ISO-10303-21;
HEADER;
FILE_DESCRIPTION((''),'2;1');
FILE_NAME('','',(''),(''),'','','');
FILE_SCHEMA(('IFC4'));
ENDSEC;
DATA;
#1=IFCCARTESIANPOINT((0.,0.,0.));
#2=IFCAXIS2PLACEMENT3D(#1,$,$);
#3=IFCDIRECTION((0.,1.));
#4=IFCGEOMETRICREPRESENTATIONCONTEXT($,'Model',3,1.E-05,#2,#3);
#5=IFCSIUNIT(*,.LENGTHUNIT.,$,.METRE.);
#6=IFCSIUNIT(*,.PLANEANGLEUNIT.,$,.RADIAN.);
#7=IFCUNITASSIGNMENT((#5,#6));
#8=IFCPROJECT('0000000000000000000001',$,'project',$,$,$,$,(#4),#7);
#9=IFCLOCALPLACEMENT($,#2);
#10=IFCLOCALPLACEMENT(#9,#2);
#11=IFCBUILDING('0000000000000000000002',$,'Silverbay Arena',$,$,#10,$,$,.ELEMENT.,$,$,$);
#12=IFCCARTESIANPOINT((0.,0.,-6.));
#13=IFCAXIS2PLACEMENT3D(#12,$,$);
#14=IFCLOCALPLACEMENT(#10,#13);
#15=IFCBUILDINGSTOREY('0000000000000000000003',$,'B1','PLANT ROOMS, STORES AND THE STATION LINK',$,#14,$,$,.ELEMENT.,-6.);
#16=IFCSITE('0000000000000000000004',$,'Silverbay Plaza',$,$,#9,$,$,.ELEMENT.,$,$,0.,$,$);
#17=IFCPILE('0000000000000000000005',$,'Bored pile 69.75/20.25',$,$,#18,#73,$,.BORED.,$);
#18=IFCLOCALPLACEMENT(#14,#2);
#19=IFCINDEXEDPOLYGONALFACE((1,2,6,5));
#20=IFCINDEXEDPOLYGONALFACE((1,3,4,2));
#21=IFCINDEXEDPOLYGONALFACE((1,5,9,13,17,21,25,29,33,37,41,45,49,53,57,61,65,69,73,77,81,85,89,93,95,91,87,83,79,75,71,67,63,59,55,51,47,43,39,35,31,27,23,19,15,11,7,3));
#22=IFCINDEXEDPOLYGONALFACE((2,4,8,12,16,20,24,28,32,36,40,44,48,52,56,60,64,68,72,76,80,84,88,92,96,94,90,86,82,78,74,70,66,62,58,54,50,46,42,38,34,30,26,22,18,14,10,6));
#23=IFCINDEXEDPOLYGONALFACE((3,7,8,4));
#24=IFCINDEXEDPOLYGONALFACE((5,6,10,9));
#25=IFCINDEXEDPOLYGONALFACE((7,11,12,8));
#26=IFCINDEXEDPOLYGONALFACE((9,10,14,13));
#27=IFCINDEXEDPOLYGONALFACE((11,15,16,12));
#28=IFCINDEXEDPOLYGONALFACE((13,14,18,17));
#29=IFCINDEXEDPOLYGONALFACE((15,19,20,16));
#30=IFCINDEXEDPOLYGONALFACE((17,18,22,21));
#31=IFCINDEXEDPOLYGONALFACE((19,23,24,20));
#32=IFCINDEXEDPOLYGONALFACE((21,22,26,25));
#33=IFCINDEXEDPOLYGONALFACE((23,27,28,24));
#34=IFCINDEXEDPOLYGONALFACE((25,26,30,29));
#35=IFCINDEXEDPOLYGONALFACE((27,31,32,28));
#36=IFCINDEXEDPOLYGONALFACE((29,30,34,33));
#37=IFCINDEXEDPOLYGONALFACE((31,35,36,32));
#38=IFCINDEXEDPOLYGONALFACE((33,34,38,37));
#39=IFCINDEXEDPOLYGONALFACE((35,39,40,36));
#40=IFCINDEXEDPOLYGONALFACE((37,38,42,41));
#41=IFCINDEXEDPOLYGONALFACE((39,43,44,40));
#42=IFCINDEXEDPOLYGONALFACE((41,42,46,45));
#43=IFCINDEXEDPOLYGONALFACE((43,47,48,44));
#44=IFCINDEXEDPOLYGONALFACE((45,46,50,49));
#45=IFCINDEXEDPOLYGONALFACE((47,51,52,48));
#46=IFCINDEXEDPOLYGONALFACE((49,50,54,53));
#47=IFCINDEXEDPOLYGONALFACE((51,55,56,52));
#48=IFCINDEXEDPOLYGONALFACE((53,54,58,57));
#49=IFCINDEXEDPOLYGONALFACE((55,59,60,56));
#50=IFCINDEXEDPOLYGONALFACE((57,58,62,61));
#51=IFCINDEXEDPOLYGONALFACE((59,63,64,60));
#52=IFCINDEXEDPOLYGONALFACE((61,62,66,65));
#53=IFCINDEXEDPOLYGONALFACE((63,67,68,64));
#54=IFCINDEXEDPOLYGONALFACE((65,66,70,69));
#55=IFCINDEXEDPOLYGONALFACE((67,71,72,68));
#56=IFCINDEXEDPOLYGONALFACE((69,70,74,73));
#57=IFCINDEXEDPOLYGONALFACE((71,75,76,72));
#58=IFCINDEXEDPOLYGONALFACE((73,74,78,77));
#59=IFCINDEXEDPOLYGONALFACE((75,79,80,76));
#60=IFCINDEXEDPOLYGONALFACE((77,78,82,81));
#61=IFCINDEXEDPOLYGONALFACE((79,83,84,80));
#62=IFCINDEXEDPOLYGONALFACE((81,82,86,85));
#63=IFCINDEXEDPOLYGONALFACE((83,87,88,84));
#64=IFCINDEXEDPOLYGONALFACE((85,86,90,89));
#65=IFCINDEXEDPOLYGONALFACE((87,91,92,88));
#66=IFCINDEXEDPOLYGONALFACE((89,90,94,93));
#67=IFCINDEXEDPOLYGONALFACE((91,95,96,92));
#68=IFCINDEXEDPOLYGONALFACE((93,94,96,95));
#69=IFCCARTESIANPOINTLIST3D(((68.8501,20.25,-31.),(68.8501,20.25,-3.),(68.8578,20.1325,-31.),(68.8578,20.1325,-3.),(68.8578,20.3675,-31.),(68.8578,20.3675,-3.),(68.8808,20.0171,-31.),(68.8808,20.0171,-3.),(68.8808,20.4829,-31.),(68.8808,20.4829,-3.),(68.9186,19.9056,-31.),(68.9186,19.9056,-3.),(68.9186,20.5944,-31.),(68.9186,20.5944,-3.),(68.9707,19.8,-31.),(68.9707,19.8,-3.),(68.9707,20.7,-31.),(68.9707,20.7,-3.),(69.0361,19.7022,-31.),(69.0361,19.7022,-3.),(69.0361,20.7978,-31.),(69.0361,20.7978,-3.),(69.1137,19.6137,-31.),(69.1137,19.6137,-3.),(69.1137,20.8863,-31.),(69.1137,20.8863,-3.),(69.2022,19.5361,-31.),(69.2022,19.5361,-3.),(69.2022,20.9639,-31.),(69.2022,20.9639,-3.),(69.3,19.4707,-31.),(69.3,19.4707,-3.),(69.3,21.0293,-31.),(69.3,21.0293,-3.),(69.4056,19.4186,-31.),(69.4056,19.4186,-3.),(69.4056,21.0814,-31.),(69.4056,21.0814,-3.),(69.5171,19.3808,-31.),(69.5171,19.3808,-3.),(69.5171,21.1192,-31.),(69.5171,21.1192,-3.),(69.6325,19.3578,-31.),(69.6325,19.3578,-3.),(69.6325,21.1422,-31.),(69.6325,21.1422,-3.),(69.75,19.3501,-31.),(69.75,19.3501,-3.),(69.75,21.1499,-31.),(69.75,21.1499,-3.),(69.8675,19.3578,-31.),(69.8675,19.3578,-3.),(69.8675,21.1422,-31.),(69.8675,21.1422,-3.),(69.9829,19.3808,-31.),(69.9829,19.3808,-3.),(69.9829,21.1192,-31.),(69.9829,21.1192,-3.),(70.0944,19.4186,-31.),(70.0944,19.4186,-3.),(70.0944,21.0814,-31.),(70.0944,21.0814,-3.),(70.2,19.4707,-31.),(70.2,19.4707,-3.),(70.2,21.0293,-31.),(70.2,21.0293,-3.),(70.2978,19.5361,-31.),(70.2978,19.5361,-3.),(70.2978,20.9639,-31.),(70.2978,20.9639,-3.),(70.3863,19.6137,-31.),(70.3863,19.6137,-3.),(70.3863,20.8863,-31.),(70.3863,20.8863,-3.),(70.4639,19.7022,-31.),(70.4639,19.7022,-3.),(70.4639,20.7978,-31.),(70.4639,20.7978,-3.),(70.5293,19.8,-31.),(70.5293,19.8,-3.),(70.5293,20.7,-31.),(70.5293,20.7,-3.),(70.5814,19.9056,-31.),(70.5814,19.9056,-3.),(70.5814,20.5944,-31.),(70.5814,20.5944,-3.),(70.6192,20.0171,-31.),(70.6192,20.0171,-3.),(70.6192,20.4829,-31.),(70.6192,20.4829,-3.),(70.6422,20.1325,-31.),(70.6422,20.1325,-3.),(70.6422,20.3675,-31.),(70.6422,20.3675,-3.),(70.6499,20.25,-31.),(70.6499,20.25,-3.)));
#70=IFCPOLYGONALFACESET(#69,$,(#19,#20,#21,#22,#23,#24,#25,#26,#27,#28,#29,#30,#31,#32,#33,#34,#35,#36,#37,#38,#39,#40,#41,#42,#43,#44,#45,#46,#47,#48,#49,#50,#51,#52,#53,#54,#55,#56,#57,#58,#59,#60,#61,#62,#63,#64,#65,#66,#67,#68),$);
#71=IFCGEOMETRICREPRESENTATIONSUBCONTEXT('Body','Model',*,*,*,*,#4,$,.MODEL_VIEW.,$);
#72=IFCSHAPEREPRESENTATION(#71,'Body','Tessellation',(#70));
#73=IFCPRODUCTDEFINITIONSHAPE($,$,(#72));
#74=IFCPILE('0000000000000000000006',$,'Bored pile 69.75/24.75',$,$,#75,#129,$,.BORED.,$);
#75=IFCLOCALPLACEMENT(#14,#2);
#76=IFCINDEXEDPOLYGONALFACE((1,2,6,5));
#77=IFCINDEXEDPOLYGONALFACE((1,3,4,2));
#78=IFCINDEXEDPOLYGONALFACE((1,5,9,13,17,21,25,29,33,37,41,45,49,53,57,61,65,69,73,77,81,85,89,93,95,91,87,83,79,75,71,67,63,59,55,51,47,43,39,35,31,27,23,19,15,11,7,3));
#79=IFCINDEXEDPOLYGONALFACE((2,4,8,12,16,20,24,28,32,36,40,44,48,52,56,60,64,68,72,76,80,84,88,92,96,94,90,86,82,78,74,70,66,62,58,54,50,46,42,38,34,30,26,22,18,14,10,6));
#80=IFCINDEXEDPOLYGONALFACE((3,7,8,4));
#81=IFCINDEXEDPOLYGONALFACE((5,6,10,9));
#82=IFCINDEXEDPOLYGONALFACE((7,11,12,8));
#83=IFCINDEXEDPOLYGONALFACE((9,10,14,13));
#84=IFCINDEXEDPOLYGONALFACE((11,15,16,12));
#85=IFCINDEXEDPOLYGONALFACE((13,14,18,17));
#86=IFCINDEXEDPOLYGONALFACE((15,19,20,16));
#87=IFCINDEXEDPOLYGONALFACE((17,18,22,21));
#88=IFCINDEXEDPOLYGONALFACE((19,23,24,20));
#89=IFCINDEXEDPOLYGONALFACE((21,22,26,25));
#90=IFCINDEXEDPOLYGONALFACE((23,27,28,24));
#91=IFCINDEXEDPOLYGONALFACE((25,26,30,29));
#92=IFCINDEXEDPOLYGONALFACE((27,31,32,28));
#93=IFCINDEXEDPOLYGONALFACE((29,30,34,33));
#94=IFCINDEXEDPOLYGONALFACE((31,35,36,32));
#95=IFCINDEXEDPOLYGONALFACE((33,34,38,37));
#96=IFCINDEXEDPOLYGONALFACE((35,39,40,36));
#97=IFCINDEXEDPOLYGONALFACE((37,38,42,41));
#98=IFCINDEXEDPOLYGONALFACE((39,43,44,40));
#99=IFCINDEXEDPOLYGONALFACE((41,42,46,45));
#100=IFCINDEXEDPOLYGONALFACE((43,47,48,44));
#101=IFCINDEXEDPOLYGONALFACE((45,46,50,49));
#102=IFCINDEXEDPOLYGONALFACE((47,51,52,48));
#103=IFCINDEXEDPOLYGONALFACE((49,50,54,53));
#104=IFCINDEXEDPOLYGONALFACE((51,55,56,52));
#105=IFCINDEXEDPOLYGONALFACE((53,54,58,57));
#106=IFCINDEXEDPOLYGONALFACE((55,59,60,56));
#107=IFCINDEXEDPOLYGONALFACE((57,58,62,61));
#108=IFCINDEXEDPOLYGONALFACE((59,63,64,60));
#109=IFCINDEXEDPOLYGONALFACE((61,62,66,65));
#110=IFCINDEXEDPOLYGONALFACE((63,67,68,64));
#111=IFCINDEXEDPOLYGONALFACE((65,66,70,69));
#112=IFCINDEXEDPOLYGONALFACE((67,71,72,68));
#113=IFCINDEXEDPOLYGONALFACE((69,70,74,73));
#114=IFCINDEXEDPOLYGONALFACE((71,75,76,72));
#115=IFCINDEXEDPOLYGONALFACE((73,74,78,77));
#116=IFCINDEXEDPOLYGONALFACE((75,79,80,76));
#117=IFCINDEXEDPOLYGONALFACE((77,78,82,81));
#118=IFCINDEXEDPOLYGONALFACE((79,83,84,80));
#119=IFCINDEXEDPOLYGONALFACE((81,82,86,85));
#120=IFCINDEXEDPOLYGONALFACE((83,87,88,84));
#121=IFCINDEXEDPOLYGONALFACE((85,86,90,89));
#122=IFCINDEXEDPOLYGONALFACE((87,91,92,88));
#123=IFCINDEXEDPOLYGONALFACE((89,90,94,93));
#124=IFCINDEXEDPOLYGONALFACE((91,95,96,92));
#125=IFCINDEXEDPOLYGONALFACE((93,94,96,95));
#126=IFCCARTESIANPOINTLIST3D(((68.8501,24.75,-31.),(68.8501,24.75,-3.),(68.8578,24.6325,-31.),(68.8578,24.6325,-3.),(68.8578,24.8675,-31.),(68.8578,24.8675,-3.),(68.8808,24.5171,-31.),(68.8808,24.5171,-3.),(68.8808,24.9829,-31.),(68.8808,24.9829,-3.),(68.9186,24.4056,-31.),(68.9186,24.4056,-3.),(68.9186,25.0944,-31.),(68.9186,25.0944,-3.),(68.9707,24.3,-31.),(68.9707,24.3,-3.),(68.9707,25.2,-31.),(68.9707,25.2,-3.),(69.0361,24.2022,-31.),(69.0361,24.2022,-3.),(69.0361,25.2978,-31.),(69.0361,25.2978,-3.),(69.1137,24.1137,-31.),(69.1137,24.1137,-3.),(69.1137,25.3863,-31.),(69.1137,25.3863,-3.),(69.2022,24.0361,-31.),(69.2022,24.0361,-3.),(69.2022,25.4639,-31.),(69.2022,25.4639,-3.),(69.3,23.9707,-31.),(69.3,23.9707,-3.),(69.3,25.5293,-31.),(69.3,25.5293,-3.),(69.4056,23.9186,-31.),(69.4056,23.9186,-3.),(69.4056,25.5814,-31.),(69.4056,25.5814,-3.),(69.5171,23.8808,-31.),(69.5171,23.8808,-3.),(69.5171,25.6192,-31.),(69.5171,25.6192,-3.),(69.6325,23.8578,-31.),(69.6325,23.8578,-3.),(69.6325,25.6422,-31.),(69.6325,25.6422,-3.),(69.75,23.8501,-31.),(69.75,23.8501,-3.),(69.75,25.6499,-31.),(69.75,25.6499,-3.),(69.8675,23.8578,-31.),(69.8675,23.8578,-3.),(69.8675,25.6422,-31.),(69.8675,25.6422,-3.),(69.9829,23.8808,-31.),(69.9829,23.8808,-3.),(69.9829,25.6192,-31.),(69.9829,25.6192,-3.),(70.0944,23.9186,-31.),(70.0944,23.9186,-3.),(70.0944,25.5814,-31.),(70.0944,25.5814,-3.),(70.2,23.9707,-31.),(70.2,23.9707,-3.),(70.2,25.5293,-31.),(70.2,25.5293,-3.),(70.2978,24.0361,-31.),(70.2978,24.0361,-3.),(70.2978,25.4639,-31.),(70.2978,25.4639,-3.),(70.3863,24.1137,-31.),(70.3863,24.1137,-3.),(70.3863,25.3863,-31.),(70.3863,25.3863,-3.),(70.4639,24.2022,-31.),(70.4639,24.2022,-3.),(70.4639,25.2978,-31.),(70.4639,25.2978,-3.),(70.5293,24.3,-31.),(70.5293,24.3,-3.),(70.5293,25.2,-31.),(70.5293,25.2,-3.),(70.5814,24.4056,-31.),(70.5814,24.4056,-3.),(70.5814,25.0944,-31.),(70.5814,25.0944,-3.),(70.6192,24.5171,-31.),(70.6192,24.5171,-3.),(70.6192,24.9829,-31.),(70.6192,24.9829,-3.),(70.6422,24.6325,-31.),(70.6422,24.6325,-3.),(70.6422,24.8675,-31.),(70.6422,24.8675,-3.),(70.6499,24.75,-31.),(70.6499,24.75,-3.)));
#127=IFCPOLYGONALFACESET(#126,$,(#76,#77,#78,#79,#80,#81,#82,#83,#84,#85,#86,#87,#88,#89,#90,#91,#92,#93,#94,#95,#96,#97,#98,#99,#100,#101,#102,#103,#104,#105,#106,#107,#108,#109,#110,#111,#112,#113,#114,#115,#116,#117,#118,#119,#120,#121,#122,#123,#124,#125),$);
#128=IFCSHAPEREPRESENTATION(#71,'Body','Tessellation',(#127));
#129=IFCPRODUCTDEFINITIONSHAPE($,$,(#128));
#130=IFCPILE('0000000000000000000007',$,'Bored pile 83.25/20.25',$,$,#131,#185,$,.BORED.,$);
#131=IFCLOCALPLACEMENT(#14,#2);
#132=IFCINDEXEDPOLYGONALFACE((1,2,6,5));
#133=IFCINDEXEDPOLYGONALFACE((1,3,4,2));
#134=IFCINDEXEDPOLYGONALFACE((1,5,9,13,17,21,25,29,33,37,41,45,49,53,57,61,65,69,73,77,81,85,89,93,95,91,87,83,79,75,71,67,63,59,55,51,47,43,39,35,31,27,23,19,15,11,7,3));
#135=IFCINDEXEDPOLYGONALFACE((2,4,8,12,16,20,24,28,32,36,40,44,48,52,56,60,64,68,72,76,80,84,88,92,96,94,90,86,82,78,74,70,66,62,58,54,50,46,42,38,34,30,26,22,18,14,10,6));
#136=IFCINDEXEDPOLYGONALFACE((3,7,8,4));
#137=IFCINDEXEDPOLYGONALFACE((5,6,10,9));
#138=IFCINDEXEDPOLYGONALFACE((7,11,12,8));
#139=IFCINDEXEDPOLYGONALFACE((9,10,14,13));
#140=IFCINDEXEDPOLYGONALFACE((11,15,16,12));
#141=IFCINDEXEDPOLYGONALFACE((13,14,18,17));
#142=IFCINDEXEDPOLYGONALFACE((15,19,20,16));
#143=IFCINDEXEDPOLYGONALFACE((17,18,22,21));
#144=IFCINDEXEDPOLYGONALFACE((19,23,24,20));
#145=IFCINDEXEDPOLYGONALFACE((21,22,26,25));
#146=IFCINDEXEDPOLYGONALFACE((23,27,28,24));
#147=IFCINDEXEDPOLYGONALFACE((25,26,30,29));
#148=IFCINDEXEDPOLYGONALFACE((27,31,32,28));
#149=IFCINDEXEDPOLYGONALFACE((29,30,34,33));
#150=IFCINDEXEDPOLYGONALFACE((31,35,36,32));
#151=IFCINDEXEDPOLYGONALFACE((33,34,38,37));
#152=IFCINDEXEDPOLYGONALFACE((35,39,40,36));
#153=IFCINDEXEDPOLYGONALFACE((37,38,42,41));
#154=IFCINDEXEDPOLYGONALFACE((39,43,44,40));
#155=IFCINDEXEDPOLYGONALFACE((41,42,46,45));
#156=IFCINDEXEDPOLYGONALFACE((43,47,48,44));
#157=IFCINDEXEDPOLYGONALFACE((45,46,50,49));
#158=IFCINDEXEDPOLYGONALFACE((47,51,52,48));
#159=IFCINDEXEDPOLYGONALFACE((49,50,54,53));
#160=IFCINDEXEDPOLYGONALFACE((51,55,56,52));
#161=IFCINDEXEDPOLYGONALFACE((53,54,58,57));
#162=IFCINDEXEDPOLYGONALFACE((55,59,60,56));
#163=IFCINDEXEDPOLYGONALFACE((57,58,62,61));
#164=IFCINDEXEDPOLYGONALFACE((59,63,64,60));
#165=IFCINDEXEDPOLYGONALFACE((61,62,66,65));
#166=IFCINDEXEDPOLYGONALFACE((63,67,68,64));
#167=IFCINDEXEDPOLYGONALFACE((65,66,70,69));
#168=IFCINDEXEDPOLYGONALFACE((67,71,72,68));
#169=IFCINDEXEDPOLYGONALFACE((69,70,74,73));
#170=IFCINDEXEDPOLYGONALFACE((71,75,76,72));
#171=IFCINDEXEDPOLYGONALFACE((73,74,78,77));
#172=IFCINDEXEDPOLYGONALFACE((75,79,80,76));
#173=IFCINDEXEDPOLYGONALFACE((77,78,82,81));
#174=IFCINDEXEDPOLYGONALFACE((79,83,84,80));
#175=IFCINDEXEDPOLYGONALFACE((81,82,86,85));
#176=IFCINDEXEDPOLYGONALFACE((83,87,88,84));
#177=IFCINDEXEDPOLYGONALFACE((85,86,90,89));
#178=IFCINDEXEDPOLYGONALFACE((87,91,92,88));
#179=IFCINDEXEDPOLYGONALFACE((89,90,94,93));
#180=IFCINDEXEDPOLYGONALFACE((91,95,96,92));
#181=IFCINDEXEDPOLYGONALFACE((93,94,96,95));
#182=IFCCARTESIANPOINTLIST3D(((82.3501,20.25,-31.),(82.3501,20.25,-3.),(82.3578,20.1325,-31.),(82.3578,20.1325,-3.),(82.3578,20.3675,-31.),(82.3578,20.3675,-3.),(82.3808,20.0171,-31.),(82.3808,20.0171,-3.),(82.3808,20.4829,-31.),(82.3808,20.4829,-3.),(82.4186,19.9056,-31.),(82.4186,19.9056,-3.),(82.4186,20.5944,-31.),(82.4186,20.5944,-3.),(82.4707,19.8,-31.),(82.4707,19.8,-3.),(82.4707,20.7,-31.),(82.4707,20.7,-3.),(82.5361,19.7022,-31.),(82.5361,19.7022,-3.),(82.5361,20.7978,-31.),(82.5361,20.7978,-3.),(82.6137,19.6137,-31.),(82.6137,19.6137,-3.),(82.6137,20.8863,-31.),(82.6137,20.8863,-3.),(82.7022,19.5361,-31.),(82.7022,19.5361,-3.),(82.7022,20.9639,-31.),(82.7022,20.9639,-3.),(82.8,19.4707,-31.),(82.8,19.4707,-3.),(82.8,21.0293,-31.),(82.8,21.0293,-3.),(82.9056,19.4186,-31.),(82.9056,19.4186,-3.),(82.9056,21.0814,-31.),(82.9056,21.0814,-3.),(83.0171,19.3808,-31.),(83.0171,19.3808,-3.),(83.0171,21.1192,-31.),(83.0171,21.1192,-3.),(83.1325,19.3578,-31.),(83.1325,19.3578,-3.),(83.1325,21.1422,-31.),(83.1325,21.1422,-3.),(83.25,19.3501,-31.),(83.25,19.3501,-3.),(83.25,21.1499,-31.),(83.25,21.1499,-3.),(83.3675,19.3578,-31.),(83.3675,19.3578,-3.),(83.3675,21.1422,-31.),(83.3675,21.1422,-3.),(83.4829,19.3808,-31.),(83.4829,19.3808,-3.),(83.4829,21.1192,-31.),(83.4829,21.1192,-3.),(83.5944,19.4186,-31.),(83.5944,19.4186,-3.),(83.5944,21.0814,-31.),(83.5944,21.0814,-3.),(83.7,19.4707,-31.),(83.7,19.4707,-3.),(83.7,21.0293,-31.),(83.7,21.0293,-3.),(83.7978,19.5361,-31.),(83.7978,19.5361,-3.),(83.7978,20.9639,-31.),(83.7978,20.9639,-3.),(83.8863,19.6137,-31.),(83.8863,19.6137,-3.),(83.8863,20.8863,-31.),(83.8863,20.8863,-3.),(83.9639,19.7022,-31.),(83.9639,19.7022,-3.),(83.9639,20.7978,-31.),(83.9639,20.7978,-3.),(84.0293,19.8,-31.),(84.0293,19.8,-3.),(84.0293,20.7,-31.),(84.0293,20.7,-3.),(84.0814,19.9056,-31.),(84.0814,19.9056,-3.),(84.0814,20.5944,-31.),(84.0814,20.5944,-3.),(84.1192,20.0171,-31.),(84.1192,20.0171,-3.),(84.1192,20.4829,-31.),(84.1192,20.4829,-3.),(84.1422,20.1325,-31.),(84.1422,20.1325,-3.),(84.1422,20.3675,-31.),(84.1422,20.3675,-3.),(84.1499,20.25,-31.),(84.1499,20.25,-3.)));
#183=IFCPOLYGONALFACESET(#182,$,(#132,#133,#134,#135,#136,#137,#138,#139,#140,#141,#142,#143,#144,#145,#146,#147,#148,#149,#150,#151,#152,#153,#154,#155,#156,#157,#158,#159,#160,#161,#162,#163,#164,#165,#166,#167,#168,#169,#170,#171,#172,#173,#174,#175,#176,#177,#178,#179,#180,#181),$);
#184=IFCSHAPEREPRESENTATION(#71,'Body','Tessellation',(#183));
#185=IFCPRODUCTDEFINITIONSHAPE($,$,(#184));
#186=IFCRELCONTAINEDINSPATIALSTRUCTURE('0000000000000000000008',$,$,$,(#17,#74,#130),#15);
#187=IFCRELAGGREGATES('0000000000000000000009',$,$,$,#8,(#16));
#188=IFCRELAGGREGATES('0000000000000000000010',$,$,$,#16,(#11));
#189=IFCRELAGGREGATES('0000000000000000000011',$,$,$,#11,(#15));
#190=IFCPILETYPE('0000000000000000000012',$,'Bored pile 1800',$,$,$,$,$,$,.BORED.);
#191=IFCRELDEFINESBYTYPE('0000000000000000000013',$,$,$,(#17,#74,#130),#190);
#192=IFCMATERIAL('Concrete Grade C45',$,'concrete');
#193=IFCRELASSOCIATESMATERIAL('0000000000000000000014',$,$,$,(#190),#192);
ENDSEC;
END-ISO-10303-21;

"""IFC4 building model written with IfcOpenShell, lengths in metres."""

from ifc_helpers import new_model, si_unit, direction, frame, origin, origin_2d, place, context, subcontext, project, spatial, circle, extrude, material, material_profile, profile_set, type_object, element, save


model = new_model("IFC4")

# Units and contexts
model_context = context("Model", 3, precision=1e-05, world=origin(), true_north=direction((0.0, 1.0)))
body_context = subcontext(model_context, "Body", "Model", "MODEL_VIEW")
ifc_project = project(units=[si_unit("LENGTHUNIT", "METRE"), si_unit("PLANEANGLEUNIT", "RADIAN")], contexts=[model_context])

# Site, building, storey
site_placement = place(None, origin())
site = spatial("IfcSite", under=ifc_project, at=site_placement, Name="Silverbay Plaza", CompositionType="ELEMENT", RefElevation=0.0)
building_placement = place(site_placement, origin())
building = spatial("IfcBuilding", under=site, at=building_placement, Name="Silverbay Arena", CompositionType="ELEMENT")
storey_placement = place(building_placement, frame((0.0, 0.0, -6.0)))
storey = spatial("IfcBuildingStorey", under=building, at=storey_placement, Name="B1", Description="PLANT ROOMS, STORES AND THE STATION LINK", CompositionType="ELEMENT", Elevation=-6.0)

# Piles
ifc_material_1 = material(Name="Concrete Grade C45", Category="concrete")
ifc_material_profile_1 = material_profile(ifc_material_1, circle(Radius=0.8999, at=origin_2d()), Name="Bored pile 1800")
ifc_profile_set_1 = profile_set([ifc_material_profile_1], Name="Concrete Grade C45")
pile_type_1 = type_object("IfcPileType", Name="Bored pile 1800", PredefinedType="BORED", material=ifc_profile_set_1)
for number, where, z_axis, x_axis, name in (
    (1, (69.75, 20.25, -3.0), (0.0, 0.0, -1.0), (1.0, 0.0, 0.0), "Bored pile 69.75/20.25"),
    (2, (69.75, 24.75, -3.0), (0.0, 0.0, -1.0), (1.0, 0.0, 0.0), "Bored pile 69.75/24.75"),
    (3, (83.25, 20.25, -3.0), (0.0, 0.0, -1.0), (1.0, 0.0, 0.0), "Bored pile 83.25/20.25"),
):
    element("IfcPile", number, at=place(storey_placement, frame(where, z_axis=z_axis, x_axis=x_axis)), inside=storey, type_object=pile_type_1, Name=name, PredefinedType="BORED", context=body_context, shape_type="SweptSolid", body=[
        extrude(circle(Radius=0.8999, at=origin_2d()), origin(), (0.0, 0.0, 1.0), 28.0),
    ])

save(model, "model.ifc")
